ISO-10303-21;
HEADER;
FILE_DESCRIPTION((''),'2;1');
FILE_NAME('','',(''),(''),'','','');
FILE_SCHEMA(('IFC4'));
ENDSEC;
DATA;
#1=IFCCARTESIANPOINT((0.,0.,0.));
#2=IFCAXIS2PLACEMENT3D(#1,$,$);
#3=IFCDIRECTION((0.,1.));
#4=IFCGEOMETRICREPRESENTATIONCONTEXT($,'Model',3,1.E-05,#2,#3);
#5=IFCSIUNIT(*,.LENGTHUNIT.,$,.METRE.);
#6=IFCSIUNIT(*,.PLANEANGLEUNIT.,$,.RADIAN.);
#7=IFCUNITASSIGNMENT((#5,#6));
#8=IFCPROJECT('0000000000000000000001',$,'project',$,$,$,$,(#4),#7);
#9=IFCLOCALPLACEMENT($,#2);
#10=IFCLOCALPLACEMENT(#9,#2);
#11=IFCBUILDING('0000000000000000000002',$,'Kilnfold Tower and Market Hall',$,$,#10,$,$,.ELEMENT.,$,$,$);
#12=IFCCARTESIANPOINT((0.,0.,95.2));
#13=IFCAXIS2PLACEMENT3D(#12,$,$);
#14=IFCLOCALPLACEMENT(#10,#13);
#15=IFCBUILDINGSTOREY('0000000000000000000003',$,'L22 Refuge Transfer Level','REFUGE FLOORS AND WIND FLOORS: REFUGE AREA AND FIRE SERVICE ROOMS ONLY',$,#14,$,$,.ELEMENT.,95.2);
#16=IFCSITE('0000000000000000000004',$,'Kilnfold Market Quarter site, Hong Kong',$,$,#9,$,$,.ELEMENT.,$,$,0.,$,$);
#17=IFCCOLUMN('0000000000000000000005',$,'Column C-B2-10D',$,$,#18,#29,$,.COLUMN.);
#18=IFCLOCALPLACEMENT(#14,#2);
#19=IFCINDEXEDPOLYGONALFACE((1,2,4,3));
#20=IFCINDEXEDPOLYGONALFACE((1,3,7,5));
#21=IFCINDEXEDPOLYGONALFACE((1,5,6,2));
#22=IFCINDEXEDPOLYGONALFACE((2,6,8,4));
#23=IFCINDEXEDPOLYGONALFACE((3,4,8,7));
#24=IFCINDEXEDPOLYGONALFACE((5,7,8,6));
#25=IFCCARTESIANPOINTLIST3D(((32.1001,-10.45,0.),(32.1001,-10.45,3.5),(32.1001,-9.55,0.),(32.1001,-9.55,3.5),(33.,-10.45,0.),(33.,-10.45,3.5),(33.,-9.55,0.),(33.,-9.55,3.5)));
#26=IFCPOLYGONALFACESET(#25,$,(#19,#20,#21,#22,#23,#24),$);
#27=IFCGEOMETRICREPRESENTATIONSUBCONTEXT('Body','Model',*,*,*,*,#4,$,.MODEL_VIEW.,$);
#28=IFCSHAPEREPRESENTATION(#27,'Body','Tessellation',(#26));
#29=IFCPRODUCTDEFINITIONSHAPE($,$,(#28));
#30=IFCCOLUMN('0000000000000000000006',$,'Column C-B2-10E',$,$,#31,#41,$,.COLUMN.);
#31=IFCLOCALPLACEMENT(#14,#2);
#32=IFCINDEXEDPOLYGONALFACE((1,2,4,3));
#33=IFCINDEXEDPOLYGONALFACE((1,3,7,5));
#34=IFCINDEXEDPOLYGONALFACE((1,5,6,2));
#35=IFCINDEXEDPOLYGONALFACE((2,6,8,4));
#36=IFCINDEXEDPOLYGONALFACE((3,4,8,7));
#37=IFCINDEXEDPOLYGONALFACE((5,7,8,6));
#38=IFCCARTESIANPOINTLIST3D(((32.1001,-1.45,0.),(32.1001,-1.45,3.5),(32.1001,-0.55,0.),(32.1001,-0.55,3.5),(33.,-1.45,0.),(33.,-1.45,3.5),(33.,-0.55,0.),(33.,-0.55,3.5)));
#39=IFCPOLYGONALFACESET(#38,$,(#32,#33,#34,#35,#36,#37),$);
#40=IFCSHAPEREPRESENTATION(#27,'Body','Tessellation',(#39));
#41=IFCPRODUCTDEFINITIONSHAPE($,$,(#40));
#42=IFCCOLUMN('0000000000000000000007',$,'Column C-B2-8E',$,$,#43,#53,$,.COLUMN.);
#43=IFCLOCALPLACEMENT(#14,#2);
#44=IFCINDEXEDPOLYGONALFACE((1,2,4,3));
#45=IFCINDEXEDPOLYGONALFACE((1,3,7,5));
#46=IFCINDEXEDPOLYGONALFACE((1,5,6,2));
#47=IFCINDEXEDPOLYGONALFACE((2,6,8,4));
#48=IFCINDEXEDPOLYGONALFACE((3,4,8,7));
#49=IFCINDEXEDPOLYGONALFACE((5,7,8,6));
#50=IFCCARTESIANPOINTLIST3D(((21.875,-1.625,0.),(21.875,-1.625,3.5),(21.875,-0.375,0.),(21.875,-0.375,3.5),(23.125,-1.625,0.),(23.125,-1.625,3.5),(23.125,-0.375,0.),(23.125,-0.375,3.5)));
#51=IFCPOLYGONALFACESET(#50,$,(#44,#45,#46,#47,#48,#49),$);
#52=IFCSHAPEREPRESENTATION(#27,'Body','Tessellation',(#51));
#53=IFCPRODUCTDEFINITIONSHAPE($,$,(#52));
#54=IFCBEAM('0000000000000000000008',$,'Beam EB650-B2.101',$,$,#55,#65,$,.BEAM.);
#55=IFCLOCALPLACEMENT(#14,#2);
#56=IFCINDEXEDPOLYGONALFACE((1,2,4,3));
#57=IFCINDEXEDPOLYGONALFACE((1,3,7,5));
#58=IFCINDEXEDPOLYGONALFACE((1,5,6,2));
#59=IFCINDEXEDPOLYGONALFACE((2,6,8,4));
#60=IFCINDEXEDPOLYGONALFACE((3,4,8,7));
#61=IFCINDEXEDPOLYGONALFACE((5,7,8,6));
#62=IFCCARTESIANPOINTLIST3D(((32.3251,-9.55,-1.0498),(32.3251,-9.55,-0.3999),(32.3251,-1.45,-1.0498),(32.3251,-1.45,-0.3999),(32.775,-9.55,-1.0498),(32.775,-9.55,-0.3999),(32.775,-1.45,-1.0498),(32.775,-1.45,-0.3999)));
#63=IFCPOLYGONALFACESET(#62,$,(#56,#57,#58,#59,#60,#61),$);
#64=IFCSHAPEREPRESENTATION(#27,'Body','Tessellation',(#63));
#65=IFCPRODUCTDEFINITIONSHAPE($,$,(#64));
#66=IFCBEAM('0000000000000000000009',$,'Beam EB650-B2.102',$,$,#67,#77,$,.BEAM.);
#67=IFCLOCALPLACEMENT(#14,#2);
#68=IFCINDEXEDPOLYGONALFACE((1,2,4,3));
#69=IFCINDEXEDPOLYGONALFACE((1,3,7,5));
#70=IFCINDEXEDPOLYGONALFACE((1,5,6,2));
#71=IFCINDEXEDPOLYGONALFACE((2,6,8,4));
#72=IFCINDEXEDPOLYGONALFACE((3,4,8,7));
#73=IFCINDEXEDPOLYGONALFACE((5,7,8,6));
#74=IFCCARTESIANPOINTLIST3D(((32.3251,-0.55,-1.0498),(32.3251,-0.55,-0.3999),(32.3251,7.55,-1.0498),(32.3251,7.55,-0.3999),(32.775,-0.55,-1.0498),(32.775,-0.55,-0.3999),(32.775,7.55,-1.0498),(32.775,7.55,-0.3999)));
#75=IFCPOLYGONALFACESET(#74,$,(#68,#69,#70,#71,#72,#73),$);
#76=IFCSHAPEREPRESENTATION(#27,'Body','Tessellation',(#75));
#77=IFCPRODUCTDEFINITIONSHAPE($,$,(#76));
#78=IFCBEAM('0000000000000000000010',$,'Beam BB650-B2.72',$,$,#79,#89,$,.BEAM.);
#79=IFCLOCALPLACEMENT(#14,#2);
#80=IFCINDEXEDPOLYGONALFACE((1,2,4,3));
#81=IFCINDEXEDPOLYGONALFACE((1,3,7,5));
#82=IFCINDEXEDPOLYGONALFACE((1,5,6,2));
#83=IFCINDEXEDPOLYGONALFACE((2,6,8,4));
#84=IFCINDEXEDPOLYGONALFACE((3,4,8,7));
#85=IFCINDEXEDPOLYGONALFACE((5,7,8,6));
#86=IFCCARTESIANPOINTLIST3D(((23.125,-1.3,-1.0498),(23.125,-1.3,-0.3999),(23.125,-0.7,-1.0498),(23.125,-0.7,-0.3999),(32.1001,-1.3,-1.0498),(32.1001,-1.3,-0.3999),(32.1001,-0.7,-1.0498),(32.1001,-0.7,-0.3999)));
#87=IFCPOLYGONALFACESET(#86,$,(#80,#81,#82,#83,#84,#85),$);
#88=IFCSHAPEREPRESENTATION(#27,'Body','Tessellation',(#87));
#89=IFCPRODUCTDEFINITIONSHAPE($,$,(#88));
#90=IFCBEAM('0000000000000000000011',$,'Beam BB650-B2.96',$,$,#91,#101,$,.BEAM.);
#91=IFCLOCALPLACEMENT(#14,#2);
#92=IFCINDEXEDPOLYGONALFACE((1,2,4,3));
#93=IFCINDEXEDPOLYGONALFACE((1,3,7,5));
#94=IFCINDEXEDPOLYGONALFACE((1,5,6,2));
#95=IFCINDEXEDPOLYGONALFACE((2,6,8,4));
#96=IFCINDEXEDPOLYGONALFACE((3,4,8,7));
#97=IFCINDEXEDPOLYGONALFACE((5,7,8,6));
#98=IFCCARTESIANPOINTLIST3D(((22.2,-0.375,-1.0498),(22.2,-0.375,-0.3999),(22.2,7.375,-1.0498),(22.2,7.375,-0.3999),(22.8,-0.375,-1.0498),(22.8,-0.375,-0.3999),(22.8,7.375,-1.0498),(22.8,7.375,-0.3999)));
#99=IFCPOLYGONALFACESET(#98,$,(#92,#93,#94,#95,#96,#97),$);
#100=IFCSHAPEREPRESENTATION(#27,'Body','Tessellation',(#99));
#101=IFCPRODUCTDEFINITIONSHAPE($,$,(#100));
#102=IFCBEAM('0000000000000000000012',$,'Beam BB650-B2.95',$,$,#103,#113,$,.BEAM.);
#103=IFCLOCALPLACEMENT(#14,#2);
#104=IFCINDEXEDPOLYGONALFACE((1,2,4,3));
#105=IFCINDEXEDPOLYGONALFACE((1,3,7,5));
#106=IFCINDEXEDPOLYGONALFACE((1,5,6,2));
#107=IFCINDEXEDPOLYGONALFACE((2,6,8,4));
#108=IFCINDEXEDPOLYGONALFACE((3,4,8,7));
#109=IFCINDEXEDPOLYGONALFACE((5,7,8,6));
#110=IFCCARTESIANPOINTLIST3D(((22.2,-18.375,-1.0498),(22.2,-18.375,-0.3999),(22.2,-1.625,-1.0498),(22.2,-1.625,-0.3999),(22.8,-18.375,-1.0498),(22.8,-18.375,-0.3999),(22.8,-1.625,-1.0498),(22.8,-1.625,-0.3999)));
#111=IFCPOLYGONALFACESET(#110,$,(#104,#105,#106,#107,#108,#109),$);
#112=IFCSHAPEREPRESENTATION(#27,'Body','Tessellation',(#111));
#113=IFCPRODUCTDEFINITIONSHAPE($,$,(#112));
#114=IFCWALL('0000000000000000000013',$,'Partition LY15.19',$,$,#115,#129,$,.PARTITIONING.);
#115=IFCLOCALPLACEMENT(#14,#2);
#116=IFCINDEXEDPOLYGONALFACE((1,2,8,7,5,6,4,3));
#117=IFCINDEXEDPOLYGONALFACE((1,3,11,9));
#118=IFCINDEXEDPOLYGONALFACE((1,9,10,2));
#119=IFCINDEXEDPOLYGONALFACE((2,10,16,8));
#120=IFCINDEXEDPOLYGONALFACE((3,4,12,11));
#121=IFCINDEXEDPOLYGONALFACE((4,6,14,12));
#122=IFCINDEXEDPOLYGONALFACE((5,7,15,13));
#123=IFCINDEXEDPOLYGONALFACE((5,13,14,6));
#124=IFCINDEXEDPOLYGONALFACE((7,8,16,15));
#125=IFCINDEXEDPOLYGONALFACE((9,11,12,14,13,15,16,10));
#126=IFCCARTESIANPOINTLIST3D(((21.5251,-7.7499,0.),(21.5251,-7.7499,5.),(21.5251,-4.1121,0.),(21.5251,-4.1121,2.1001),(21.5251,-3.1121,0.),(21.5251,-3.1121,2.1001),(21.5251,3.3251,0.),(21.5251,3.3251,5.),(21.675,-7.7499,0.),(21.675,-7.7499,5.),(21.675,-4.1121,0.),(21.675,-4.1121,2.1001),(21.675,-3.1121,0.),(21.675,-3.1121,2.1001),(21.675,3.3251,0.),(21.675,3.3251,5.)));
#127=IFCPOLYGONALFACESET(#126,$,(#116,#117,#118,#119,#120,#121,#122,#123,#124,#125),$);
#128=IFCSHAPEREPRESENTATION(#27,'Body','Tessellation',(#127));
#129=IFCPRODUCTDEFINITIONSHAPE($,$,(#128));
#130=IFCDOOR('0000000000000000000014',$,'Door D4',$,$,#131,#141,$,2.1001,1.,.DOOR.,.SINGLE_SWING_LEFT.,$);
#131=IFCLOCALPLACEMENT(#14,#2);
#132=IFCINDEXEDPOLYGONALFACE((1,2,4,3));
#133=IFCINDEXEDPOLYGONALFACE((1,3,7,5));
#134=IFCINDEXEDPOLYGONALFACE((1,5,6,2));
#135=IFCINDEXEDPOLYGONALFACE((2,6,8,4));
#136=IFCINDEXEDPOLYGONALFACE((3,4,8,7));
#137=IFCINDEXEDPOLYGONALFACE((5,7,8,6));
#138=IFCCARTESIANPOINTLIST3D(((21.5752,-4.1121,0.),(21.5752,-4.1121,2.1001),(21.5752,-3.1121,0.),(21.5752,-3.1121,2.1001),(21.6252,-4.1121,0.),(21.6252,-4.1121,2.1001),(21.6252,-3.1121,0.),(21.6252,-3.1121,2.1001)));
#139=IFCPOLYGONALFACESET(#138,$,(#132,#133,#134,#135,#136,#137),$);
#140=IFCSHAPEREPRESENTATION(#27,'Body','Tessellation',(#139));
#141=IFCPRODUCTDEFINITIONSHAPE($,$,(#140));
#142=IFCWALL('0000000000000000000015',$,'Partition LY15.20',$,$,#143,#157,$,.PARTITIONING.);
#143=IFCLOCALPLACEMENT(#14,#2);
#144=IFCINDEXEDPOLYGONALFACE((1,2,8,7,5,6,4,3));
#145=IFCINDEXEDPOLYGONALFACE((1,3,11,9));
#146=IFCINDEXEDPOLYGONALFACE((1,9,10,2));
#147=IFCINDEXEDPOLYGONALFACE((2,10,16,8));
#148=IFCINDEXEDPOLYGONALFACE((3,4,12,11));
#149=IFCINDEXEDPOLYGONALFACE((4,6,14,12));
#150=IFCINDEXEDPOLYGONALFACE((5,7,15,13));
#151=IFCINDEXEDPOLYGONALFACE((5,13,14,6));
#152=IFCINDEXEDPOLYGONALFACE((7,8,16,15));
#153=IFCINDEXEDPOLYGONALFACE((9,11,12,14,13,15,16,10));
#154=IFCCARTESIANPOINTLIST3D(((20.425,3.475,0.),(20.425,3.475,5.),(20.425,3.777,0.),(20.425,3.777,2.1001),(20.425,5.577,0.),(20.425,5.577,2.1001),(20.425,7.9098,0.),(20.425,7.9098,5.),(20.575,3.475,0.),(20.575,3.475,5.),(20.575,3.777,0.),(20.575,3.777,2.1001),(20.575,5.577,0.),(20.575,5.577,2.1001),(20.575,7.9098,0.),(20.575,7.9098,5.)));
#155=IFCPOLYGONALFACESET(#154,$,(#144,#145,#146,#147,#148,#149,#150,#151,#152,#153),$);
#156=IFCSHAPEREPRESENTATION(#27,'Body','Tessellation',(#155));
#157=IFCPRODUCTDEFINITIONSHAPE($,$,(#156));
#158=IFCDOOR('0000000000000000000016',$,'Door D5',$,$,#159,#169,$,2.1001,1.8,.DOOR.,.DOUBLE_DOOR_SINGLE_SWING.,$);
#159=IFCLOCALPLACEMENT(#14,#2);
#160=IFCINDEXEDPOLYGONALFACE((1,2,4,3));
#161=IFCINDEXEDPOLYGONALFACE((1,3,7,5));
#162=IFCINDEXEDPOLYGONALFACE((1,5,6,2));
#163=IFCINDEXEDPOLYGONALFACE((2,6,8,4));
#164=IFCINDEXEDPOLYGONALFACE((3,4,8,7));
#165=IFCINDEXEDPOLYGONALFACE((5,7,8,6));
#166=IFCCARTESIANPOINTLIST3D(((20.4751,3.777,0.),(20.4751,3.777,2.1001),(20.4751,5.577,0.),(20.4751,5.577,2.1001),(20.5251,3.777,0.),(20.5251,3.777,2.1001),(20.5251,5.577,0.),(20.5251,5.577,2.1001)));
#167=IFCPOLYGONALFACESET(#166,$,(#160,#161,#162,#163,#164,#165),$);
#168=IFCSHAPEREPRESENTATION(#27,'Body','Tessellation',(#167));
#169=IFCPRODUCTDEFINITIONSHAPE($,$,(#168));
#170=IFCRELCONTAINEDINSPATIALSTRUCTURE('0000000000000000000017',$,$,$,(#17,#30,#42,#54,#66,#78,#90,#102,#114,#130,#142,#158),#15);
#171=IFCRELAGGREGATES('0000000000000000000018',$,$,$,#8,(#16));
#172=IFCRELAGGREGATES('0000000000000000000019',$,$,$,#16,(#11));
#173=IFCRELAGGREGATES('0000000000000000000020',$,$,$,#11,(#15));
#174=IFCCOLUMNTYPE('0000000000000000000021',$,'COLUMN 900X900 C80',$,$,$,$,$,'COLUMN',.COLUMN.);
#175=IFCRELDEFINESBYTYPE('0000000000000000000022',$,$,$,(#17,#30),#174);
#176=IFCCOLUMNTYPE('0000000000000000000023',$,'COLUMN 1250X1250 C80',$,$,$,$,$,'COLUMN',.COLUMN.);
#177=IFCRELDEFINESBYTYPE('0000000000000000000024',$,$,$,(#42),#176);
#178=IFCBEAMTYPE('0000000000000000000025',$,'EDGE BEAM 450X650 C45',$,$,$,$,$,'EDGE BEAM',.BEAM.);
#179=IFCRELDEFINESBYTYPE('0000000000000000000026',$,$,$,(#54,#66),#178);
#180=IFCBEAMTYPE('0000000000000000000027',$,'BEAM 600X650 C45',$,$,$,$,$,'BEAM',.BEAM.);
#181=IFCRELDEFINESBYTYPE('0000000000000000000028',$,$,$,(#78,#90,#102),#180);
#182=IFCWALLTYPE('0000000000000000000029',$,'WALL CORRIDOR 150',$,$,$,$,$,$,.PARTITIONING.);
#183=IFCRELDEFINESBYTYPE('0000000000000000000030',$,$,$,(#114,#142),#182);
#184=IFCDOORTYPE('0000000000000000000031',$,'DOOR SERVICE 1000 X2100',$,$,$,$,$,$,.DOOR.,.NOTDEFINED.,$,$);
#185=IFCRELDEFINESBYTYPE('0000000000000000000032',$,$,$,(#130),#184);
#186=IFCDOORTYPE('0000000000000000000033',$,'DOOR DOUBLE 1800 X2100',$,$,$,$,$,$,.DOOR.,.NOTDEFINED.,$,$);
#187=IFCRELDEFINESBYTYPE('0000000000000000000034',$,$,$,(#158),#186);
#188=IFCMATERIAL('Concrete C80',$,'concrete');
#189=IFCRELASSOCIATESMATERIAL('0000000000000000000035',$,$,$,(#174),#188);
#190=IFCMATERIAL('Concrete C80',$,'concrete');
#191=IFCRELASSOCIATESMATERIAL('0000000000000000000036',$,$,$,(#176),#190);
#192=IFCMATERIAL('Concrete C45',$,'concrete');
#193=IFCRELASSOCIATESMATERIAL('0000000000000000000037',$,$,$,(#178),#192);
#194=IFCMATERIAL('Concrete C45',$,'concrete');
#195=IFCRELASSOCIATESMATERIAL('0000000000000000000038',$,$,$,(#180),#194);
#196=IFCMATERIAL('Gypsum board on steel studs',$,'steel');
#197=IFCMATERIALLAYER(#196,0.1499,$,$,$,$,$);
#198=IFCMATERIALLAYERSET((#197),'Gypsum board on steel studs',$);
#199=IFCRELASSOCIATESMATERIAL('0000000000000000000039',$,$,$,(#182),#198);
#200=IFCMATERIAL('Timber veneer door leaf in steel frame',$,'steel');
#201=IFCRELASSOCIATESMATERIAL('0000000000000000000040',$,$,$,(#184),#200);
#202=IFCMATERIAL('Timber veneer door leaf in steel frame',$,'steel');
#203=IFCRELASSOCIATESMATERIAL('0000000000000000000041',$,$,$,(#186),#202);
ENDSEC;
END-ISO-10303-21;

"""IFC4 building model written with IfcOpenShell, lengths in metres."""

from ifc_helpers import new_model, si_unit, direction, frame, frame_2d, origin, origin_2d, place, context, subcontext, project, spatial, rectangle, extrude, source, transform, mapped, material, layer, layer_set, material_profile, profile_set, type_object, element, fill, save


model = new_model("IFC4")

# Units and contexts
model_context = context("Model", 3, precision=1e-05, world=origin(), true_north=direction((0.0, 1.0)))
body_context = subcontext(model_context, "Body", "Model", "MODEL_VIEW")
ifc_project = project(units=[si_unit("LENGTHUNIT", "METRE"), si_unit("PLANEANGLEUNIT", "RADIAN")], contexts=[model_context])

# Site, building, storey
site_placement = place(None, origin())
site = spatial("IfcSite", under=ifc_project, at=site_placement, Name="Kilnfold Market Quarter site, Hong Kong", CompositionType="ELEMENT", RefElevation=0.0)
building_placement = place(site_placement, origin())
building = spatial("IfcBuilding", under=site, at=building_placement, Name="Kilnfold Tower and Market Hall", CompositionType="ELEMENT")
storey_placement = place(building_placement, frame((0.0, 0.0, 95.2)))
storey = spatial("IfcBuildingStorey", under=building, at=storey_placement, Name="L22 Refuge Transfer Level", Description="REFUGE FLOORS AND WIND FLOORS: REFUGE AREA AND FIRE SERVICE ROOMS ONLY", CompositionType="ELEMENT", Elevation=95.2)

# Columns
ifc_material_1 = material(Name="Concrete C80", Category="concrete")
ifc_material_profile_1 = material_profile(ifc_material_1, rectangle(XDim=0.8999, YDim=0.8999, at=origin_2d()), Name="RC 900x900")
ifc_profile_set_1 = profile_set([ifc_material_profile_1], Name="Concrete C80")
column_type_1 = type_object("IfcColumnType", Name="COLUMN 900X900 C80", ElementType="COLUMN", PredefinedType="COLUMN", material=ifc_profile_set_1)
shared_shape_1 = source(origin(), body_context, "Body", "SweptSolid", [
    extrude(rectangle(XDim=0.8999, YDim=0.8999, at=origin_2d()), origin(), (0.0, 0.0, 1.0), 3.5),
])
for number, where, z_axis, x_axis, name in (
    (1, (32.55, -10.0, 0.0), (0.0, 0.0, 1.0), (1.0, 0.0, 0.0), "Column C-B2-10D"),
    (2, (32.55, -1.0, 0.0), (0.0, 0.0, 1.0), (1.0, 0.0, 0.0), "Column C-B2-10E"),
):
    element("IfcColumn", number, at=place(storey_placement, frame(where, z_axis=z_axis, x_axis=x_axis)), inside=storey, type_object=column_type_1, Name=name, PredefinedType="COLUMN", context=body_context, shape_type="MappedRepresentation", body=[
        mapped(shared_shape_1, transform((0.0, 0.0, 0.0))),
    ])
ifc_material_2 = material(Name="Concrete C80", Category="concrete")
ifc_material_profile_2 = material_profile(ifc_material_2, rectangle(XDim=1.25, YDim=1.25, at=origin_2d()), Name="RC 1250x1250")
ifc_profile_set_2 = profile_set([ifc_material_profile_2], Name="Concrete C80")
column_type_2 = type_object("IfcColumnType", Name="COLUMN 1250X1250 C80", ElementType="COLUMN", PredefinedType="COLUMN", material=ifc_profile_set_2)
shared_shape_2 = source(origin(), body_context, "Body", "SweptSolid", [
    extrude(rectangle(XDim=1.25, YDim=1.25, at=origin_2d()), origin(), (0.0, 0.0, 1.0), 3.5),
])
column_placement = place(storey_placement, frame((22.5, -1.0, 0.0), z_axis=(0.0, 0.0, 1.0), x_axis=(1.0, 0.0, 0.0)))
element("IfcColumn", 3, at=column_placement, inside=storey, type_object=column_type_2, Name="Column C-B2-8E", PredefinedType="COLUMN", context=body_context, shape_type="MappedRepresentation", body=[
    mapped(shared_shape_2, transform((0.0, 0.0, 0.0))),
])

# Beams
ifc_material_3 = material(Name="Concrete C45", Category="concrete")
ifc_material_profile_3 = material_profile(ifc_material_3, rectangle(XDim=0.45, YDim=0.6499, at=origin_2d()), Name="RC 450x650")
ifc_profile_set_3 = profile_set([ifc_material_profile_3], Name="Concrete C45")
beam_type_1 = type_object("IfcBeamType", Name="EDGE BEAM 450X650 C45", ElementType="EDGE BEAM", PredefinedType="BEAM", material=ifc_profile_set_3)
shared_shape_3 = source(origin(), body_context, "Body", "SweptSolid", [
    extrude(rectangle(XDim=0.45, YDim=0.6499, at=origin_2d()), origin(), (0.0, 0.0, 1.0), 8.1001),
])
for number, where, z_axis, x_axis, name in (
    (4, (32.55, -9.55, -0.7249), (0.0, 1.0, 0.0), (-1.0, 0.0, 0.0), "Beam EB650-B2.101"),
    (5, (32.55, -0.55, -0.7249), (0.0, 1.0, 0.0), (-1.0, 0.0, 0.0), "Beam EB650-B2.102"),
):
    element("IfcBeam", number, at=place(storey_placement, frame(where, z_axis=z_axis, x_axis=x_axis)), inside=storey, type_object=beam_type_1, Name=name, PredefinedType="BEAM", context=body_context, shape_type="MappedRepresentation", body=[
        mapped(shared_shape_3, transform((0.0, 0.0, 0.0))),
    ])
ifc_material_4 = material(Name="Concrete C45", Category="concrete")
ifc_material_profile_4 = material_profile(ifc_material_4, rectangle(XDim=0.6001, YDim=0.6499, at=origin_2d()), Name="RC 600x650")
ifc_profile_set_4 = profile_set([ifc_material_profile_4], Name="Concrete C45")
beam_type_2 = type_object("IfcBeamType", Name="BEAM 600X650 C45", ElementType="BEAM", PredefinedType="BEAM", material=ifc_profile_set_4)
shared_shape_4 = source(origin(), body_context, "Body", "SweptSolid", [
    extrude(rectangle(XDim=0.6001, YDim=0.6499, at=origin_2d()), origin(), (0.0, 0.0, 1.0), 8.9751),
])
beam_1_placement = place(storey_placement, frame((23.125, -1.0, -0.7249), z_axis=(1.0, 0.0, 0.0), x_axis=(0.0, 1.0, 0.0)))
element("IfcBeam", 6, at=beam_1_placement, inside=storey, type_object=beam_type_2, Name="Beam BB650-B2.72", PredefinedType="BEAM", context=body_context, shape_type="MappedRepresentation", body=[
    mapped(shared_shape_4, transform((0.0, 0.0, 0.0))),
])
shared_shape_5 = source(origin(), body_context, "Body", "SweptSolid", [
    extrude(rectangle(XDim=0.6001, YDim=0.6499, at=origin_2d()), origin(), (0.0, 0.0, 1.0), 7.75),
])
beam_2_placement = place(storey_placement, frame((22.5, -0.375, -0.7249), z_axis=(0.0, 1.0, 0.0), x_axis=(-1.0, 0.0, 0.0)))
element("IfcBeam", 7, at=beam_2_placement, inside=storey, type_object=beam_type_2, Name="Beam BB650-B2.96", PredefinedType="BEAM", context=body_context, shape_type="MappedRepresentation", body=[
    mapped(shared_shape_5, transform((0.0, 0.0, 0.0))),
])
shared_shape_6 = source(origin(), body_context, "Body", "SweptSolid", [
    extrude(rectangle(XDim=0.6001, YDim=0.6499, at=origin_2d()), origin(), (0.0, 0.0, 1.0), 16.75),
])
beam_3_placement = place(storey_placement, frame((22.5, -18.375, -0.7249), z_axis=(0.0, 1.0, 0.0), x_axis=(-1.0, 0.0, 0.0)))
element("IfcBeam", 8, at=beam_3_placement, inside=storey, type_object=beam_type_2, Name="Beam BB650-B2.95", PredefinedType="BEAM", context=body_context, shape_type="MappedRepresentation", body=[
    mapped(shared_shape_6, transform((0.0, 0.0, 0.0))),
])

# Walls, openings, doors
ifc_material_5 = material(Name="Gypsum board on steel studs", Category="steel")
ifc_layer_1 = layer(ifc_material_5, 0.1499)
ifc_layer_set_1 = layer_set([ifc_layer_1], Name="Gypsum board on steel studs")
wall_type_1 = type_object("IfcWallType", Name="WALL CORRIDOR 150", PredefinedType="PARTITIONING", material=ifc_layer_set_1)
wall_1_placement = place(storey_placement, frame((21.6001, -7.75, 0.0), z_axis=(0.0, 0.0, 1.0), x_axis=(0.0, 1.0, 0.0)))
wall_1 = element("IfcWall", 9, at=wall_1_placement, inside=storey, type_object=wall_type_1, Name="Partition LY15.19", PredefinedType="PARTITIONING", context=body_context, shape_type="SweptSolid", body=[
    extrude(rectangle(XDim=11.075, YDim=0.1499, at=frame_2d((5.5376, 0.0))), origin(), (0.0, 0.0, 1.0), 5.0),
])
opening_1_placement = place(wall_1_placement, frame((3.6379, 0.0, 0.0)))
opening_1 = element("IfcOpeningElement", 10, at=opening_1_placement, cuts=wall_1, PredefinedType="OPENING", context=body_context, shape_type="SweptSolid", body=[
    extrude(rectangle(XDim=1.0, YDim=2.1001, at=frame_2d((0.5, 1.05))), frame((0.0, 0.085, 0.0), z_axis=(0.0, -1.0, 0.0), x_axis=(1.0, 0.0, 0.0)), (0.0, 0.0, 1.0), 0.1699),
])
ifc_material_6 = material(Name="Timber veneer door leaf in steel frame", Category="steel")
door_type_1 = type_object("IfcDoorType", Name="DOOR SERVICE 1000 X2100", OperationType="NOTDEFINED", PredefinedType="DOOR", material=ifc_material_6)
door_1_placement = place(opening_1_placement, origin())
door_1 = element("IfcDoor", 11, at=door_1_placement, inside=storey, type_object=door_type_1, Name="Door D4", OperationType="SINGLE_SWING_LEFT", OverallHeight=2.1001, OverallWidth=1.0, PredefinedType="DOOR", context=body_context, shape_type="SweptSolid", body=[
    extrude(rectangle(XDim=1.0, YDim=2.1001, at=frame_2d((0.5, 1.05))), frame((0.0, 0.0249, 0.0), z_axis=(0.0, -1.0, 0.0), x_axis=(1.0, 0.0, 0.0)), (0.0, 0.0, 1.0), 0.05),
])
fill(opening_1, door_1)
wall_2_placement = place(storey_placement, frame((20.5, 3.4751, 0.0), z_axis=(0.0, 0.0, 1.0), x_axis=(0.0, 1.0, 0.0)))
wall_2 = element("IfcWall", 12, at=wall_2_placement, inside=storey, type_object=wall_type_1, Name="Partition LY15.20", PredefinedType="PARTITIONING", context=body_context, shape_type="SweptSolid", body=[
    extrude(rectangle(XDim=4.4348, YDim=0.1499, at=frame_2d((2.2173, 0.0))), origin(), (0.0, 0.0, 1.0), 5.0),
])
opening_2_placement = place(wall_2_placement, frame((0.302, 0.0, 0.0)))
opening_2 = element("IfcOpeningElement", 13, at=opening_2_placement, cuts=wall_2, PredefinedType="OPENING", context=body_context, shape_type="SweptSolid", body=[
    extrude(rectangle(XDim=1.8, YDim=2.1001, at=frame_2d((0.8999, 1.05))), frame((0.0, 0.085, 0.0), z_axis=(0.0, -1.0, 0.0), x_axis=(1.0, 0.0, 0.0)), (0.0, 0.0, 1.0), 0.1699),
])
ifc_material_7 = material(Name="Timber veneer door leaf in steel frame", Category="steel")
door_type_2 = type_object("IfcDoorType", Name="DOOR DOUBLE 1800 X2100", OperationType="NOTDEFINED", PredefinedType="DOOR", material=ifc_material_7)
door_2_placement = place(opening_2_placement, origin())
door_2 = element("IfcDoor", 14, at=door_2_placement, inside=storey, type_object=door_type_2, Name="Door D5", OperationType="DOUBLE_DOOR_SINGLE_SWING", OverallHeight=2.1001, OverallWidth=1.8, PredefinedType="DOOR", context=body_context, shape_type="SweptSolid", body=[
    extrude(rectangle(XDim=1.8, YDim=2.1001, at=frame_2d((0.8999, 1.05))), frame((0.0, 0.0249, 0.0), z_axis=(0.0, -1.0, 0.0), x_axis=(1.0, 0.0, 0.0)), (0.0, 0.0, 1.0), 0.05),
])
fill(opening_2, door_2)

save(model, "model.ifc")
